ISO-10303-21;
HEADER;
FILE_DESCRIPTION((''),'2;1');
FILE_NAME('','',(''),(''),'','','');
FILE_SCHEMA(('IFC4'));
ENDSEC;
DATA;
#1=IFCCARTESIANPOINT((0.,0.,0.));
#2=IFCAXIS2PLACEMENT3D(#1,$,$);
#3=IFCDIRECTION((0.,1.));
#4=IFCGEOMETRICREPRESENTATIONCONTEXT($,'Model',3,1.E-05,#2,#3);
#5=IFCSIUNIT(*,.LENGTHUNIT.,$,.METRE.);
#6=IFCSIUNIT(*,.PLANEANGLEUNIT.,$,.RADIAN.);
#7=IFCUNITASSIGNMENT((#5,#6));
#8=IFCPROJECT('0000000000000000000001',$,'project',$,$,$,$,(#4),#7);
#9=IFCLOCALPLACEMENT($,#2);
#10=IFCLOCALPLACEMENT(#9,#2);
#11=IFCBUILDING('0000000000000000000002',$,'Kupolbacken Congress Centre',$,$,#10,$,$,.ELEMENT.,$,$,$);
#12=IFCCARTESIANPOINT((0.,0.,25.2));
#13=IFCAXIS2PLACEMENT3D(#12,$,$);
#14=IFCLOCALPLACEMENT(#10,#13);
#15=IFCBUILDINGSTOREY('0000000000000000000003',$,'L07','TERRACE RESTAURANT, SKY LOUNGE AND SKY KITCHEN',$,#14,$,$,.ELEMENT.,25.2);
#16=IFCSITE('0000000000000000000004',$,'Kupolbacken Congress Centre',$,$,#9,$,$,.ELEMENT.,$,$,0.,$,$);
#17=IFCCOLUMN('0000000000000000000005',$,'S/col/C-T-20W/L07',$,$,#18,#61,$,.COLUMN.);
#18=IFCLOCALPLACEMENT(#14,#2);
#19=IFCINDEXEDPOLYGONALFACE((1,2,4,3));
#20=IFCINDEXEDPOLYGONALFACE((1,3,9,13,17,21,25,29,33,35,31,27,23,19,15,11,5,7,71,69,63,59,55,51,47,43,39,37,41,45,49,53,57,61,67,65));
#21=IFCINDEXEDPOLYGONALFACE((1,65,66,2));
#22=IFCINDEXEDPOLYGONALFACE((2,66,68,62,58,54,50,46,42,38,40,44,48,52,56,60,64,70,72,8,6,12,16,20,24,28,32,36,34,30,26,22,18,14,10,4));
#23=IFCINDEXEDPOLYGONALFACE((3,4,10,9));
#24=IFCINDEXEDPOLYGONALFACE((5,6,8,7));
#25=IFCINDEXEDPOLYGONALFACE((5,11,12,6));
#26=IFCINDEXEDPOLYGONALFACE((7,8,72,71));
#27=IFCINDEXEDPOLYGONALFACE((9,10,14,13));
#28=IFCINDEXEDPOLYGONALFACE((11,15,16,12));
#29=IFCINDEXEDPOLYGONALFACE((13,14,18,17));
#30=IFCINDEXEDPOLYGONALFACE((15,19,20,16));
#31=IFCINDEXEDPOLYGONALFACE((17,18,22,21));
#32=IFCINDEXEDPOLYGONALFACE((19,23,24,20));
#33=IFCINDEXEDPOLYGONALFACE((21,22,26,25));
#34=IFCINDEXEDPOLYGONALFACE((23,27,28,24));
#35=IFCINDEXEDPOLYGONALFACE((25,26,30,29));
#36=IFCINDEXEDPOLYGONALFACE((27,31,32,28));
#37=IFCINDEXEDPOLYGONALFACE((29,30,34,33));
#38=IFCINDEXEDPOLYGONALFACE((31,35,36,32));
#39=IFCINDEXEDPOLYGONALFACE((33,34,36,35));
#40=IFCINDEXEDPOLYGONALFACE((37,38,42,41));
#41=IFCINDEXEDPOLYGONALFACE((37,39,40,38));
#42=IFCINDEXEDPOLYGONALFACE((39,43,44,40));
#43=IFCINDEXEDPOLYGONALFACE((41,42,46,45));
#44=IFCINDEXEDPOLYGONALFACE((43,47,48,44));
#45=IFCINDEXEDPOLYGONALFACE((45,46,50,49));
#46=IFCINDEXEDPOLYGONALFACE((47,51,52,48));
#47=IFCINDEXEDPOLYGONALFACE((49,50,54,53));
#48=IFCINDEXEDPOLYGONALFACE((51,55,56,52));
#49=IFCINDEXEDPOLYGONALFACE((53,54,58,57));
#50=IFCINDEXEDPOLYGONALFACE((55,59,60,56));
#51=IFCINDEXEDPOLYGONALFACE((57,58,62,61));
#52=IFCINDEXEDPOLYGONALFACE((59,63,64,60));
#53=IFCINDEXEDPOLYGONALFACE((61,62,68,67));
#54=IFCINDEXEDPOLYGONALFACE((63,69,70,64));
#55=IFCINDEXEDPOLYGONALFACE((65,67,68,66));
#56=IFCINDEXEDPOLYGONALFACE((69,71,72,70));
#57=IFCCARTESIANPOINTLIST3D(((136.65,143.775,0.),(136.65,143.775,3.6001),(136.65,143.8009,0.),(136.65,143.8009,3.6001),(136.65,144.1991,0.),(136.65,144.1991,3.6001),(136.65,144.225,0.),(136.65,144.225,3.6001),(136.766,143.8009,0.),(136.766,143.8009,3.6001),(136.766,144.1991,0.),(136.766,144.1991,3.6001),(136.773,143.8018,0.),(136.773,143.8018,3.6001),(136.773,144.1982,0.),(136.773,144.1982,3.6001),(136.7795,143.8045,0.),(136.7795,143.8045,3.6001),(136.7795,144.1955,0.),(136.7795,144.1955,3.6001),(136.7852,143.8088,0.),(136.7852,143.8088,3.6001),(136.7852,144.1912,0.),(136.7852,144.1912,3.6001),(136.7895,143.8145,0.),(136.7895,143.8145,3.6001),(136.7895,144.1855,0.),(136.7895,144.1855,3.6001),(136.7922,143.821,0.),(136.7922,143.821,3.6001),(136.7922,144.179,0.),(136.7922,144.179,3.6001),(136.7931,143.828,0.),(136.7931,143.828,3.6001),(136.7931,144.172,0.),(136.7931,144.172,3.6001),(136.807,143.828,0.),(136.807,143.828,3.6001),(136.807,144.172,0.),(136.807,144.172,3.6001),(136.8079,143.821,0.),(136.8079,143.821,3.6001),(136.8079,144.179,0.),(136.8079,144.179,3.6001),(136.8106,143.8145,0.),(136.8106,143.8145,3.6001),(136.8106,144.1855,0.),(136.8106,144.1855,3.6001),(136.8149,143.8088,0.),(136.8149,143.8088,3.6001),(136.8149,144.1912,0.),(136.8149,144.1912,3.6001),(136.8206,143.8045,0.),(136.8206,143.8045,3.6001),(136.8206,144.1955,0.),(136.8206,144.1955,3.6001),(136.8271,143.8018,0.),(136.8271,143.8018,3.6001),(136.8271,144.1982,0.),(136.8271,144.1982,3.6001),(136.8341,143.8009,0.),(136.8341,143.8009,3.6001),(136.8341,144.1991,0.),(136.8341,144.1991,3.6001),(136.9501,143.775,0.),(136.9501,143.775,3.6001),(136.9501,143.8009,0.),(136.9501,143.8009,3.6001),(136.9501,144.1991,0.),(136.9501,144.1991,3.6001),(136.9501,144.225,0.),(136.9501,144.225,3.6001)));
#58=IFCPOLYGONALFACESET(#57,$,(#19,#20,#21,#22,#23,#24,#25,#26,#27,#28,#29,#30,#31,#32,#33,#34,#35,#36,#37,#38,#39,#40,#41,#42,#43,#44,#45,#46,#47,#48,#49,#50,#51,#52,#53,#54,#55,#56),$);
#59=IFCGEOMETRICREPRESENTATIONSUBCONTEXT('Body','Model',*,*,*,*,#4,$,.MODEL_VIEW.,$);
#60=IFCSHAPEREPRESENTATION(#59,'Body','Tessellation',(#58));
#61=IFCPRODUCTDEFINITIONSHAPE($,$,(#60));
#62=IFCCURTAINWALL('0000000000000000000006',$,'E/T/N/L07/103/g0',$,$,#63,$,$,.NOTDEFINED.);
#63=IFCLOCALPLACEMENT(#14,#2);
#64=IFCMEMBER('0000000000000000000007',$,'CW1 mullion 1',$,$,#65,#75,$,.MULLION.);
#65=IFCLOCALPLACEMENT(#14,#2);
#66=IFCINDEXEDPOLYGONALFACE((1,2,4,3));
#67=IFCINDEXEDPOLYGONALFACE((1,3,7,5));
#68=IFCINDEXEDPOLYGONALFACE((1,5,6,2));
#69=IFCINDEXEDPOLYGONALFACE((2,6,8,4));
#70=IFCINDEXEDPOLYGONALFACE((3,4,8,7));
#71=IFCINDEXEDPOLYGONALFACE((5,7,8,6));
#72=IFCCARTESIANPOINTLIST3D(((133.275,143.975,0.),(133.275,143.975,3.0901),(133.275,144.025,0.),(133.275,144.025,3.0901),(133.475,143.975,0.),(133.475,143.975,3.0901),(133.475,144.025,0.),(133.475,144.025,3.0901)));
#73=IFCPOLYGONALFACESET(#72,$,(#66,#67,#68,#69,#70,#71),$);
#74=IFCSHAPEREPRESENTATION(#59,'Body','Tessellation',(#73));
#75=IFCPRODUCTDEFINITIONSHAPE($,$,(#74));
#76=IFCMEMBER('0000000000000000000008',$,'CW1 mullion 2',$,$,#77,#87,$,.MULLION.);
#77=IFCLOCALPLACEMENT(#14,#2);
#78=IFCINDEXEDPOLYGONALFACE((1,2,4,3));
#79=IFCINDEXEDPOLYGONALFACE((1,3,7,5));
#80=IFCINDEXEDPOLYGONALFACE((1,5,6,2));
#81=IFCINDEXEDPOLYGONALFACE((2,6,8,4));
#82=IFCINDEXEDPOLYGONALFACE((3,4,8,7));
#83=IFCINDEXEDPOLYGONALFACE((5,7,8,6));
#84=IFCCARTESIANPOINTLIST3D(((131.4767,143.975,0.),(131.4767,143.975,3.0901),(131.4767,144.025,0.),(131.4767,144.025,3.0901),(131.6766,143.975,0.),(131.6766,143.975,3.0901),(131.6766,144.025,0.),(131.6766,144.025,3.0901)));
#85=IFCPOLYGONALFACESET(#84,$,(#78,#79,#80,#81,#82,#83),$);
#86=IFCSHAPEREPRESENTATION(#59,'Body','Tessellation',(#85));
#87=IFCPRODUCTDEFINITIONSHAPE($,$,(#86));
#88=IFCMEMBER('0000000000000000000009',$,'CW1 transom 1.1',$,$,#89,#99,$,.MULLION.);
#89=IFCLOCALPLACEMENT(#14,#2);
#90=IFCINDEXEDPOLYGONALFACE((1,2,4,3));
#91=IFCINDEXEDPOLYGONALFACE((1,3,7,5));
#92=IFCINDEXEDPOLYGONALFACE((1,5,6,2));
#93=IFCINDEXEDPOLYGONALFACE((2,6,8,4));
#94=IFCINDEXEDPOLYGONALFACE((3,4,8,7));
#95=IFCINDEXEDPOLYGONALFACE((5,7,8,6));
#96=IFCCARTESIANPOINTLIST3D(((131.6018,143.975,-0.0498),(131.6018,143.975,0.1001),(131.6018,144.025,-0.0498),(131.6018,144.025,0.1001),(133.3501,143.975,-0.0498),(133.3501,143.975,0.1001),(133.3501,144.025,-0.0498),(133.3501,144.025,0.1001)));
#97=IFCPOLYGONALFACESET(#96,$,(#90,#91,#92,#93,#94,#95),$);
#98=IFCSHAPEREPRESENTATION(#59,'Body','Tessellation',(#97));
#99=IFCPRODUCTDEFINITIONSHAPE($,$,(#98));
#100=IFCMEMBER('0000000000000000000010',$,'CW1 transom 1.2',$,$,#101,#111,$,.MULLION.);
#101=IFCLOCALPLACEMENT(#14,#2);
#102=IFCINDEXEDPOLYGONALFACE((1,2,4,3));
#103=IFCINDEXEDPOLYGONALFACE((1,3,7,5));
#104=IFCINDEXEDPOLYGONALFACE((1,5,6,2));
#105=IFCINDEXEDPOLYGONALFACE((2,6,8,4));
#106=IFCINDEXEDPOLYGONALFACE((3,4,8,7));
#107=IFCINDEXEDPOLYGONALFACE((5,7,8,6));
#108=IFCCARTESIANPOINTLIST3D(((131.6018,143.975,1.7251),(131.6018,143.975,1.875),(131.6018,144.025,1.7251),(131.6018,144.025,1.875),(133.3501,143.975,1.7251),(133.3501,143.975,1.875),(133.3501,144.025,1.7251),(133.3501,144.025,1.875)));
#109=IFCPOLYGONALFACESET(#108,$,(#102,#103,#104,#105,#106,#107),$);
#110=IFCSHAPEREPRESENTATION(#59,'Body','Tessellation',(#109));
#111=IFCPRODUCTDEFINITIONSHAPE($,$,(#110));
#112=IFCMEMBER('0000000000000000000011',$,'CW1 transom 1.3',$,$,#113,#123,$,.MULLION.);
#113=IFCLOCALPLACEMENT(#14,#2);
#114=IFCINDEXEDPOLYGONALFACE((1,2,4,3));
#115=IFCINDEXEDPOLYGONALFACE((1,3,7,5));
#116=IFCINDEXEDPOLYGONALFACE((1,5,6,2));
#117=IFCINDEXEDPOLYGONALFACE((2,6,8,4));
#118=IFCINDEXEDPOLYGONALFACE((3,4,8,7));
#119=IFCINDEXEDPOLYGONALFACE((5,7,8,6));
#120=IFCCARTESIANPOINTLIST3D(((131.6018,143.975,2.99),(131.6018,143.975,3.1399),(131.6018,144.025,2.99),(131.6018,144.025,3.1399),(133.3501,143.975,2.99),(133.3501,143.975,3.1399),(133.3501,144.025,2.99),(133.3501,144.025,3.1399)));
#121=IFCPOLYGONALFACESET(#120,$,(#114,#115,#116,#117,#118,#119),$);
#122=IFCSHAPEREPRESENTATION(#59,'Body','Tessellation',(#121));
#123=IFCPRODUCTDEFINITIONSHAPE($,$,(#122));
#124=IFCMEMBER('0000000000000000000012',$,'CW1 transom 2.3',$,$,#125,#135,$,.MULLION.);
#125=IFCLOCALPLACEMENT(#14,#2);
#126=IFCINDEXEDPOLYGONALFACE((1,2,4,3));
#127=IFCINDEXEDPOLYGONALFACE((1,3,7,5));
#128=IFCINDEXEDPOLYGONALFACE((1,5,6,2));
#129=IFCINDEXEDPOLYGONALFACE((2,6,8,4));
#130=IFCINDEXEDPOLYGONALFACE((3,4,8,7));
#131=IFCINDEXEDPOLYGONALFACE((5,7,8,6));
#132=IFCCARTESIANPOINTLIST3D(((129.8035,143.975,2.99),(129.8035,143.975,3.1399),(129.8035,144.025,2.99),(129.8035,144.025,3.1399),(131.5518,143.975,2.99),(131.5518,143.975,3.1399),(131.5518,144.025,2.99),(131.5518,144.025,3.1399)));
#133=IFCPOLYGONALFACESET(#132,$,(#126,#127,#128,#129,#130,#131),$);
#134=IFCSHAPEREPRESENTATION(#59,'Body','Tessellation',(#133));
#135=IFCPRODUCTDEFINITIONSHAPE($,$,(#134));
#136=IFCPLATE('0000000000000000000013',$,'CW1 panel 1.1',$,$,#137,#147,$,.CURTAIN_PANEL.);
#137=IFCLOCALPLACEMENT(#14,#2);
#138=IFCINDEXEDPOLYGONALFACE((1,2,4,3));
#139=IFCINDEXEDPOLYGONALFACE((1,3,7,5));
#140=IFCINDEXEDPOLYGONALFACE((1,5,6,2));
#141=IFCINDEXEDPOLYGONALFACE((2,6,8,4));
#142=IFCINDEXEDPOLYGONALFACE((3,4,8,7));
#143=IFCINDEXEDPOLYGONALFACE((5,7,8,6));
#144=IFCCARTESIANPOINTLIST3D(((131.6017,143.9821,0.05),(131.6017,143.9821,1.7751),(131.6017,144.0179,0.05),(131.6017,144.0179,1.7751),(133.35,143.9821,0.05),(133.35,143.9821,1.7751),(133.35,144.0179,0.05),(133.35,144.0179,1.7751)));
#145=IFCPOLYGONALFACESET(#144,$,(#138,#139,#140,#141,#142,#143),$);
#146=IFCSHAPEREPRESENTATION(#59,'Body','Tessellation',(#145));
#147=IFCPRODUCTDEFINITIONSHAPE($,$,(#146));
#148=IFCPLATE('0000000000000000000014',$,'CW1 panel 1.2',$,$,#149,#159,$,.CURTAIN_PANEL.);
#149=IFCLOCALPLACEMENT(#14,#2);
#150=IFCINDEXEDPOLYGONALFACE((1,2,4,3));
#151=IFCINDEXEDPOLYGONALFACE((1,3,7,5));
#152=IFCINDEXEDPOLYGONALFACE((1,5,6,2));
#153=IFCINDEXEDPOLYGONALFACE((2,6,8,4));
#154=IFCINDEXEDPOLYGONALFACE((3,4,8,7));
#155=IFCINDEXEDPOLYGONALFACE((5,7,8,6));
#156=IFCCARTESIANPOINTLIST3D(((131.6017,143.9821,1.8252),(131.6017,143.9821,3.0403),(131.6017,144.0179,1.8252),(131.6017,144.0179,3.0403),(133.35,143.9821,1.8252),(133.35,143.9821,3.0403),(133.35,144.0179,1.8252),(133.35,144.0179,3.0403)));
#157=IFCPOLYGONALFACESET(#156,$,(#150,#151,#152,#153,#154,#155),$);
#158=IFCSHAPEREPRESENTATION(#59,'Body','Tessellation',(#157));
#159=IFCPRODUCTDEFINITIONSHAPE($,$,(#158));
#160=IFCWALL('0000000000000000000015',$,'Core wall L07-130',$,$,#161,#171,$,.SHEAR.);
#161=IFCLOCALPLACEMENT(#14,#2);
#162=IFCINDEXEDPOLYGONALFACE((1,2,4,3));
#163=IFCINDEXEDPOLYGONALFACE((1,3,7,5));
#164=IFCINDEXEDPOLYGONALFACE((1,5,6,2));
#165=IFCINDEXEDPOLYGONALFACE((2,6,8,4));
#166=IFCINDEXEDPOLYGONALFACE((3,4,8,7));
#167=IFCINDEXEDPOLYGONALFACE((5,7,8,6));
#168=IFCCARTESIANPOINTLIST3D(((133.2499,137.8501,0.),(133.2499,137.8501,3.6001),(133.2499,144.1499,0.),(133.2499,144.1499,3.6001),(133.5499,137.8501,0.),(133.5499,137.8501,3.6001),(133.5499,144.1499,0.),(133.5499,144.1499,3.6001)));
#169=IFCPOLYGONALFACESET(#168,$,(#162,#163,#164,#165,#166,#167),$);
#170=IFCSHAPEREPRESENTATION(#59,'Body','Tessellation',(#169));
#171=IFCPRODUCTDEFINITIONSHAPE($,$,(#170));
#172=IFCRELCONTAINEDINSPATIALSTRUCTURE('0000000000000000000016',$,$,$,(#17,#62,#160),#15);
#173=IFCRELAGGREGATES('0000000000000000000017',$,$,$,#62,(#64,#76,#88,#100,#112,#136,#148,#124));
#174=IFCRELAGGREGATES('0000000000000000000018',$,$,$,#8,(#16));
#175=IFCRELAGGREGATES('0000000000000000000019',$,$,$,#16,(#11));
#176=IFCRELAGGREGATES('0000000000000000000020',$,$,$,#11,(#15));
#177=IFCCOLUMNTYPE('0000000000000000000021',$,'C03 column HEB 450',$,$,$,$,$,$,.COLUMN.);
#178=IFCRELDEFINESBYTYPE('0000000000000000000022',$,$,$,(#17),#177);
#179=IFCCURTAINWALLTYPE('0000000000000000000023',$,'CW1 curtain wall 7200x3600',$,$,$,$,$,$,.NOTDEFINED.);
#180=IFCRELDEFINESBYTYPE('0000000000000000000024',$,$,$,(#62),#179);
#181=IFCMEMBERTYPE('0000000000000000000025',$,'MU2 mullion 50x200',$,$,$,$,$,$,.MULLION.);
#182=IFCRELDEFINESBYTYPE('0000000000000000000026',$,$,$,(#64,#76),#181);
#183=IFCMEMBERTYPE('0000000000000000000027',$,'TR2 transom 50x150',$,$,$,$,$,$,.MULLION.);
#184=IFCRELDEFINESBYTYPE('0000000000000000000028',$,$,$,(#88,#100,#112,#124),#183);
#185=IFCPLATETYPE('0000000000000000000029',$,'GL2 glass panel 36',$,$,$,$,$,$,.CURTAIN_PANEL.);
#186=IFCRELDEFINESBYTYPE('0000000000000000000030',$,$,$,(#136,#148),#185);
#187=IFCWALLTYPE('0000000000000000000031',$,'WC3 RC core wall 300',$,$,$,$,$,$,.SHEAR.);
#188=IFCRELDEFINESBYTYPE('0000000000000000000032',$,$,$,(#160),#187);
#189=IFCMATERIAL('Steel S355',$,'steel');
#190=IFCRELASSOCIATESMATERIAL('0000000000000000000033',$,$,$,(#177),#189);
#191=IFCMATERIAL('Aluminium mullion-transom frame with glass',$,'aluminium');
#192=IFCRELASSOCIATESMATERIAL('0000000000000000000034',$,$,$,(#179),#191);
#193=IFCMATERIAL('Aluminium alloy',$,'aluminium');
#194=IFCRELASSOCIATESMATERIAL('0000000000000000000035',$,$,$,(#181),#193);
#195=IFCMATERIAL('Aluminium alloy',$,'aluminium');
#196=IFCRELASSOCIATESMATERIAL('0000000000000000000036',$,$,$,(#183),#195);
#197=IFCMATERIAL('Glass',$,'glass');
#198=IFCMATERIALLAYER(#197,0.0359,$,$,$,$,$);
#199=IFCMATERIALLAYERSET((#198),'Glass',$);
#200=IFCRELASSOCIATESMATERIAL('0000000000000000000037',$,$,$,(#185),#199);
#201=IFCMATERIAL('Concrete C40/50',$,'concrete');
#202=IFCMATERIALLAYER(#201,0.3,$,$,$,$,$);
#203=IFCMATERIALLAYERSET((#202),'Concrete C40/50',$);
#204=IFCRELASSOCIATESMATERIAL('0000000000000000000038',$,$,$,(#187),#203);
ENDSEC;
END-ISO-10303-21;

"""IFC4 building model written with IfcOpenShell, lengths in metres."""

from ifc_helpers import new_model, si_unit, direction, frame, frame_2d, origin, origin_2d, place, context, subcontext, project, spatial, rectangle, i_section, extrude, material, layer, layer_set, material_profile, profile_set, type_object, element, aggregate, save


model = new_model("IFC4")

# Units and contexts
model_context = context("Model", 3, precision=1e-05, world=origin(), true_north=direction((0.0, 1.0)))
body_context = subcontext(model_context, "Body", "Model", "MODEL_VIEW")
ifc_project = project(units=[si_unit("LENGTHUNIT", "METRE"), si_unit("PLANEANGLEUNIT", "RADIAN")], contexts=[model_context])

# Site, building, storey
site_placement = place(None, origin())
site = spatial("IfcSite", under=ifc_project, at=site_placement, Name="Kupolbacken Congress Centre", CompositionType="ELEMENT", RefElevation=0.0)
building_placement = place(site_placement, origin())
building = spatial("IfcBuilding", under=site, at=building_placement, Name="Kupolbacken Congress Centre", CompositionType="ELEMENT")
storey_placement = place(building_placement, frame((0.0, 0.0, 25.2)))
storey = spatial("IfcBuildingStorey", under=building, at=storey_placement, Name="L07", Description="TERRACE RESTAURANT, SKY LOUNGE AND SKY KITCHEN", CompositionType="ELEMENT", Elevation=25.2)

# Column
ifc_material_1 = material(Name="Steel S355", Category="steel")
ifc_material_profile_1 = material_profile(ifc_material_1, i_section(OverallWidth=0.3, OverallDepth=0.45, WebThickness=0.0139, FlangeThickness=0.0259, FilletRadius=0.0271, at=origin_2d()), Name="HEB 450")
ifc_profile_set_1 = profile_set([ifc_material_profile_1], Name="Steel S355")
column_type = type_object("IfcColumnType", Name="C03 column HEB 450", PredefinedType="COLUMN", material=ifc_profile_set_1)
column_placement = place(storey_placement, frame((136.8, 144.0, 0.0), z_axis=(0.0, 0.0, 1.0), x_axis=(1.0, 0.0, 0.0)))
element("IfcColumn", 1, at=column_placement, inside=storey, type_object=column_type, Name="S/col/C-T-20W/L07", PredefinedType="COLUMN", context=body_context, shape_type="SweptSolid", body=[
    extrude(i_section(OverallWidth=0.3, OverallDepth=0.45, WebThickness=0.0139, FlangeThickness=0.0259, FilletRadius=0.0271, at=origin_2d()), origin(), (0.0, 0.0, 1.0), 3.6001),
])

# Curtain wall, members, plates
ifc_material_2 = material(Name="Aluminium mullion-transom frame with glass", Category="aluminium")
curtain_wall_type = type_object("IfcCurtainWallType", Name="CW1 curtain wall 7200x3600", PredefinedType="NOTDEFINED", material=ifc_material_2)
curtain_wall_placement = place(storey_placement, origin())
curtain_wall = element("IfcCurtainWall", 2, at=curtain_wall_placement, inside=storey, type_object=curtain_wall_type, Name="E/T/N/L07/103/g0", PredefinedType="NOTDEFINED")
ifc_material_3 = material(Name="Aluminium alloy", Category="aluminium")
ifc_material_profile_2 = material_profile(ifc_material_3, rectangle(XDim=0.05, YDim=0.2, at=origin_2d()), Name="50 x 200")
ifc_profile_set_2 = profile_set([ifc_material_profile_2], Name="Aluminium alloy")
member_type_1 = type_object("IfcMemberType", Name="MU2 mullion 50x200", PredefinedType="MULLION", material=ifc_profile_set_2)
member_1_placement = place(storey_placement, frame((133.375, 144.0, 0.0), z_axis=(0.0, 0.0, 1.0), x_axis=(0.0, -1.0, 0.0)))
member_1 = element("IfcMember", 3, at=member_1_placement, type_object=member_type_1, Name="CW1 mullion 1", PredefinedType="MULLION", context=body_context, shape_type="SweptSolid", body=[
    extrude(rectangle(XDim=0.05, YDim=0.2, at=origin_2d()), origin(), (0.0, 0.0, 1.0), 3.0901),
])
member_2_placement = place(storey_placement, frame((131.5767, 144.0, 0.0), z_axis=(0.0, 0.0, 1.0), x_axis=(0.0, -1.0, 0.0)))
member_2 = element("IfcMember", 4, at=member_2_placement, type_object=member_type_1, Name="CW1 mullion 2", PredefinedType="MULLION", context=body_context, shape_type="SweptSolid", body=[
    extrude(rectangle(XDim=0.05, YDim=0.2, at=origin_2d()), origin(), (0.0, 0.0, 1.0), 3.0901),
])
ifc_material_4 = material(Name="Aluminium alloy", Category="aluminium")
ifc_material_profile_3 = material_profile(ifc_material_4, rectangle(XDim=0.05, YDim=0.1499, at=origin_2d()), Name="50 x 150")
ifc_profile_set_3 = profile_set([ifc_material_profile_3], Name="Aluminium alloy")
member_type_2 = type_object("IfcMemberType", Name="TR2 transom 50x150", PredefinedType="MULLION", material=ifc_profile_set_3)
member_3_placement = place(storey_placement, frame((133.3501, 144.0, 0.0251), z_axis=(-1.0, 0.0, 0.0), x_axis=(0.0, -1.0, 0.0)))
member_3 = element("IfcMember", 5, at=member_3_placement, type_object=member_type_2, Name="CW1 transom 1.1", PredefinedType="MULLION", context=body_context, shape_type="SweptSolid", body=[
    extrude(rectangle(XDim=0.05, YDim=0.1499, at=origin_2d()), origin(), (0.0, 0.0, 1.0), 1.7483),
])
member_4_placement = place(storey_placement, frame((133.3501, 144.0, 1.8), z_axis=(-1.0, 0.0, 0.0), x_axis=(0.0, -1.0, 0.0)))
member_4 = element("IfcMember", 6, at=member_4_placement, type_object=member_type_2, Name="CW1 transom 1.2", PredefinedType="MULLION", context=body_context, shape_type="SweptSolid", body=[
    extrude(rectangle(XDim=0.05, YDim=0.1499, at=origin_2d()), origin(), (0.0, 0.0, 1.0), 1.7483),
])
member_5_placement = place(storey_placement, frame((133.3501, 144.0, 3.0649), z_axis=(-1.0, 0.0, 0.0), x_axis=(0.0, -1.0, 0.0)))
member_5 = element("IfcMember", 7, at=member_5_placement, type_object=member_type_2, Name="CW1 transom 1.3", PredefinedType="MULLION", context=body_context, shape_type="SweptSolid", body=[
    extrude(rectangle(XDim=0.05, YDim=0.1499, at=origin_2d()), origin(), (0.0, 0.0, 1.0), 1.7483),
])
member_6_placement = place(storey_placement, frame((131.5518, 144.0, 3.0649), z_axis=(-1.0, 0.0, 0.0), x_axis=(0.0, -1.0, 0.0)))
member_6 = element("IfcMember", 8, at=member_6_placement, type_object=member_type_2, Name="CW1 transom 2.3", PredefinedType="MULLION", context=body_context, shape_type="SweptSolid", body=[
    extrude(rectangle(XDim=0.05, YDim=0.1499, at=origin_2d()), origin(), (0.0, 0.0, 1.0), 1.7483),
])
ifc_material_5 = material(Name="Glass", Category="glass")
ifc_layer_1 = layer(ifc_material_5, 0.0359)
ifc_layer_set_1 = layer_set([ifc_layer_1], Name="Glass")
plate_type = type_object("IfcPlateType", Name="GL2 glass panel 36", PredefinedType="CURTAIN_PANEL", material=ifc_layer_set_1)
plate_1_placement = place(storey_placement, frame((132.4758, 144.0, 0.05), z_axis=(0.0, 0.0, 1.0), x_axis=(-1.0, 0.0, 0.0)))
plate_1 = element("IfcPlate", 9, at=plate_1_placement, type_object=plate_type, Name="CW1 panel 1.1", PredefinedType="CURTAIN_PANEL", context=body_context, shape_type="SweptSolid", body=[
    extrude(rectangle(XDim=1.7483, YDim=0.0359, at=origin_2d()), origin(), (0.0, 0.0, 1.0), 1.7251),
])
plate_2_placement = place(storey_placement, frame((132.4758, 144.0, 1.8252), z_axis=(0.0, 0.0, 1.0), x_axis=(-1.0, 0.0, 0.0)))
plate_2 = element("IfcPlate", 10, at=plate_2_placement, type_object=plate_type, Name="CW1 panel 1.2", PredefinedType="CURTAIN_PANEL", context=body_context, shape_type="SweptSolid", body=[
    extrude(rectangle(XDim=1.7483, YDim=0.0359, at=origin_2d()), origin(), (0.0, 0.0, 1.0), 1.2151),
])
aggregate(curtain_wall, [member_1, member_2, member_3, member_4, member_5, plate_1, plate_2, member_6])

# Wall
ifc_material_6 = material(Name="Concrete C40/50", Category="concrete")
ifc_layer_2 = layer(ifc_material_6, 0.3)
ifc_layer_set_2 = layer_set([ifc_layer_2], Name="Concrete C40/50")
wall_type = type_object("IfcWallType", Name="WC3 RC core wall 300", PredefinedType="SHEAR", material=ifc_layer_set_2)
wall_1_placement = place(storey_placement, frame((133.3999, 144.1499, 0.0), z_axis=(0.0, 0.0, 1.0), x_axis=(0.0, -1.0, 0.0)))
element("IfcWall", 11, at=wall_1_placement, inside=storey, type_object=wall_type, Name="Core wall L07-130", PredefinedType="SHEAR", context=body_context, shape_type="SweptSolid", body=[
    extrude(rectangle(XDim=6.2998, YDim=0.3, at=frame_2d((3.1499, 0.0))), origin(), (0.0, 0.0, 1.0), 3.6001),
])

save(model, "model.ifc")
